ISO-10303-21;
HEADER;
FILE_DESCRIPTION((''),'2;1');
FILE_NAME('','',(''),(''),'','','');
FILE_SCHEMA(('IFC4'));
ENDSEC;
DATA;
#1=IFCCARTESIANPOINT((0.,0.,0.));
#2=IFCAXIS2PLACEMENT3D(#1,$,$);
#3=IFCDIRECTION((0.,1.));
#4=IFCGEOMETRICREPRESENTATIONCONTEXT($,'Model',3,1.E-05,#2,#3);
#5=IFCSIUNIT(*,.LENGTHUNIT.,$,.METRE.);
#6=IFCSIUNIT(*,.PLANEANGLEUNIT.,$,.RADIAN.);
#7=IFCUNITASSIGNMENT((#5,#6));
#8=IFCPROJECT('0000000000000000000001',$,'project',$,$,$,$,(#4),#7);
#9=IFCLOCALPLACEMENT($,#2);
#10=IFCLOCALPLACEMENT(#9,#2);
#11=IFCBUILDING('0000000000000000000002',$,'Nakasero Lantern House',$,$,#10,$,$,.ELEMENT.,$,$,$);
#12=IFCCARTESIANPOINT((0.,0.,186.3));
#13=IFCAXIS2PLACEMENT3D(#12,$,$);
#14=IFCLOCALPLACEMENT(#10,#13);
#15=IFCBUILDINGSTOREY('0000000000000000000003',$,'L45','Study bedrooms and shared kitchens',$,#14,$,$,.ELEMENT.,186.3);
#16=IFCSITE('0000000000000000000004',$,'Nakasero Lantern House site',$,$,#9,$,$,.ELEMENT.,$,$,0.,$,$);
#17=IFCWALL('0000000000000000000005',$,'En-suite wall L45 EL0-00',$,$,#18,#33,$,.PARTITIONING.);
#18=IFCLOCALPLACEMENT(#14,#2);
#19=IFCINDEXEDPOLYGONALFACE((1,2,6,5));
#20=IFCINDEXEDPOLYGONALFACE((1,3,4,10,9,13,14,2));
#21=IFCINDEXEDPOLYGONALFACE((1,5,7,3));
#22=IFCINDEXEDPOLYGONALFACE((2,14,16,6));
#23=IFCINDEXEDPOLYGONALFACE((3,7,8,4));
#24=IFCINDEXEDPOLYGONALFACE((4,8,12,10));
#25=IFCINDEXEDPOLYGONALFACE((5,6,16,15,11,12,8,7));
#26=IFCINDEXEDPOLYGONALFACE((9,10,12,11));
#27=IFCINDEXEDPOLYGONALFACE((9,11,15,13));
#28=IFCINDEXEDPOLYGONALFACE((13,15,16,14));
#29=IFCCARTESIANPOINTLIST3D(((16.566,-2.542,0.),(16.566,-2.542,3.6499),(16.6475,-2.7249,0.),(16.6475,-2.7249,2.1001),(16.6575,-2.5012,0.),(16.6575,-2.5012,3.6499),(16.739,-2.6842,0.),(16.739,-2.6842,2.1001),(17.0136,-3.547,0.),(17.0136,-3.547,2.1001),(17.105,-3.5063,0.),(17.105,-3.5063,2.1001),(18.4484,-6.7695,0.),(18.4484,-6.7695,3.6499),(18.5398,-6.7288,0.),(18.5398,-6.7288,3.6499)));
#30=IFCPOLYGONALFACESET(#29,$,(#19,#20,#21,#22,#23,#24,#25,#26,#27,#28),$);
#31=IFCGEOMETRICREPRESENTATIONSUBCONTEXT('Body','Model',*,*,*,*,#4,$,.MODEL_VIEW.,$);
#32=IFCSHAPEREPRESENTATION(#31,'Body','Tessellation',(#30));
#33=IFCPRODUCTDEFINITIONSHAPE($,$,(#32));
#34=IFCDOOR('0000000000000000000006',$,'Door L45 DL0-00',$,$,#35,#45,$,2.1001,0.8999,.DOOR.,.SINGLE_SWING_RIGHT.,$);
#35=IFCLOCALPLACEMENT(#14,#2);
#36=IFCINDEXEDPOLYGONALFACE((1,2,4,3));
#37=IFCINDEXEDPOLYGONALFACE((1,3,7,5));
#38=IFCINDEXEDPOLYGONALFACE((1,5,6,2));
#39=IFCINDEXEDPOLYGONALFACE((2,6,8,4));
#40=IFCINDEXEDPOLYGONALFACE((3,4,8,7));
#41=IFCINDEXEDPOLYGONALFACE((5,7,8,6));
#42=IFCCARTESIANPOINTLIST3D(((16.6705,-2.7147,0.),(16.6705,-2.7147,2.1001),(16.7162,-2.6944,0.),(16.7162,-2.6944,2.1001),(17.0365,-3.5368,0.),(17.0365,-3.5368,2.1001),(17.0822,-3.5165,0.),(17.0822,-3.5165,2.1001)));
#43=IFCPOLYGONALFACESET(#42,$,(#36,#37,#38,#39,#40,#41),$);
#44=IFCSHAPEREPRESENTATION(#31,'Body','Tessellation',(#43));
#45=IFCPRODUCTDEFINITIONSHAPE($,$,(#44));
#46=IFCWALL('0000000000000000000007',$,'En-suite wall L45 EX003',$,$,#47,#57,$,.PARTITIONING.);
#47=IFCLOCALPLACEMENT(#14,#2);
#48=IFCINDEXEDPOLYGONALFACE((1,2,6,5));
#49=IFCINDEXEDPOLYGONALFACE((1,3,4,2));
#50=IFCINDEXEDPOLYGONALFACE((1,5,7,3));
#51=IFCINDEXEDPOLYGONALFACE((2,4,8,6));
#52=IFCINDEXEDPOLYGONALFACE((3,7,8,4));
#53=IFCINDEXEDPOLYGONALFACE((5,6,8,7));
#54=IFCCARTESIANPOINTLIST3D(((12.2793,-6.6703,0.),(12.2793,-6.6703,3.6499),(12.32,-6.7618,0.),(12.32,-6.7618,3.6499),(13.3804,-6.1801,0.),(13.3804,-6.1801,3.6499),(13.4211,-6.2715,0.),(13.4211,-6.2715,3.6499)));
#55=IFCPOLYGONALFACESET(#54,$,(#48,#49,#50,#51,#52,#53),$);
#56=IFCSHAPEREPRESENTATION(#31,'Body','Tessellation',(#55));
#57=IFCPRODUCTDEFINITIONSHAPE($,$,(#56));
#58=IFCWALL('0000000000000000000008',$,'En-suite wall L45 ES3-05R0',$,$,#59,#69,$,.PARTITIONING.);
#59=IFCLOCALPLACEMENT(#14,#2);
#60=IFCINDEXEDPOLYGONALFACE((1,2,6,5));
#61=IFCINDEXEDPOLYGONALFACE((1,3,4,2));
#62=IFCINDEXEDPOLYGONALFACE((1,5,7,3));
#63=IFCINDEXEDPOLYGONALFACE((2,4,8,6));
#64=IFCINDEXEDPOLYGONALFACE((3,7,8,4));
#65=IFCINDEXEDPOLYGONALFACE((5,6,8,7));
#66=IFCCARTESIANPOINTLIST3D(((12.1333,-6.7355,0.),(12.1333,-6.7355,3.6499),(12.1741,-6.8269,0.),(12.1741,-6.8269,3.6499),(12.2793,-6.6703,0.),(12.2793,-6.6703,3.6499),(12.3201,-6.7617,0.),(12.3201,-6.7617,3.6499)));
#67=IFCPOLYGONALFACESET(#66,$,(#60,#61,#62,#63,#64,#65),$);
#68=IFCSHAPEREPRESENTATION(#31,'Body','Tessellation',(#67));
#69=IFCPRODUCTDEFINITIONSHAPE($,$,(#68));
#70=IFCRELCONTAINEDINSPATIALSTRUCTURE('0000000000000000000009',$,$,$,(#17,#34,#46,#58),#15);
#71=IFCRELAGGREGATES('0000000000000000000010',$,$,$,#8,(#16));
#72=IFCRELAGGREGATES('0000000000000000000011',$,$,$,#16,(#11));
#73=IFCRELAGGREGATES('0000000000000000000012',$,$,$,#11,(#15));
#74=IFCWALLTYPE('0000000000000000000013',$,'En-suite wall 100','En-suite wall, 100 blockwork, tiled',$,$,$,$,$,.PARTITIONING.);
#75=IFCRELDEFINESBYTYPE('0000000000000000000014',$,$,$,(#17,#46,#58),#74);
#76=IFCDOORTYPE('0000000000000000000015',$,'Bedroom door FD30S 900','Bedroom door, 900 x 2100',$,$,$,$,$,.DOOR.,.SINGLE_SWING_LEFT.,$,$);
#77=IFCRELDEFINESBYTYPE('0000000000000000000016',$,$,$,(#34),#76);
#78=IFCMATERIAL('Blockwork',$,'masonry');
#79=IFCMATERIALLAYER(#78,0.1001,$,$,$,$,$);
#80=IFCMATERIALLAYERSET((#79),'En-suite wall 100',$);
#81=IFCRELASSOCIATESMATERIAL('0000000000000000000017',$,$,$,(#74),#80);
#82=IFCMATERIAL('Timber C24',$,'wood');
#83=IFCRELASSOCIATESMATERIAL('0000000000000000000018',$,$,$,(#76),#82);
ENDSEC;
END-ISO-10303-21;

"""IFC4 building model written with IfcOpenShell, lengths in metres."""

from ifc_helpers import new_model, si_unit, direction, frame, frame_2d, origin, place, context, subcontext, project, spatial, rectangle, extrude, material, layer, layer_set, type_object, element, fill, save


model = new_model("IFC4")

# Units and contexts
model_context = context("Model", 3, precision=1e-05, world=origin(), true_north=direction((0.0, 1.0)))
body_context = subcontext(model_context, "Body", "Model", "MODEL_VIEW")
ifc_project = project(units=[si_unit("LENGTHUNIT", "METRE"), si_unit("PLANEANGLEUNIT", "RADIAN")], contexts=[model_context])

# Site, building, storey
site_placement = place(None, origin())
site = spatial("IfcSite", under=ifc_project, at=site_placement, Name="Nakasero Lantern House site", CompositionType="ELEMENT", RefElevation=0.0)
building_placement = place(site_placement, origin())
building = spatial("IfcBuilding", under=site, at=building_placement, Name="Nakasero Lantern House", CompositionType="ELEMENT")
storey_placement = place(building_placement, frame((0.0, 0.0, 186.3)))
storey = spatial("IfcBuildingStorey", under=building, at=storey_placement, Name="L45", Description="Study bedrooms and shared kitchens", CompositionType="ELEMENT", Elevation=186.3)

# Shared definitions
ifc_material_1 = material(Name="Blockwork", Category="masonry")
ifc_layer_1 = layer(ifc_material_1, 0.1001)
ifc_layer_set_1 = layer_set([ifc_layer_1], Name="En-suite wall 100")
wall_type_1 = type_object("IfcWallType", Name="En-suite wall 100", Description="En-suite wall, 100 blockwork, tiled", PredefinedType="PARTITIONING", material=ifc_layer_set_1)

# Wall, opening, door
wall_1_placement = place(storey_placement, frame((18.4941, -6.7493, 0.0), z_axis=(0.0, 0.0, 1.0), x_axis=(-0.406755, 0.913537, 0.0)))
wall_1 = element("IfcWall", 1, at=wall_1_placement, inside=storey, type_object=wall_type_1, Name="En-suite wall L45 EL0-00", PredefinedType="PARTITIONING", context=body_context, shape_type="SweptSolid", body=[
    extrude(rectangle(XDim=4.6277, YDim=0.1001, at=frame_2d((2.314, 0.0))), origin(), (0.0, 0.0, 1.0), 3.6499),
])
opening_1_placement = place(wall_1_placement, frame((3.5276, 0.0, 0.0)))
opening_1 = element("IfcOpeningElement", 2, at=opening_1_placement, cuts=wall_1, PredefinedType="OPENING", context=body_context, shape_type="SweptSolid", body=[
    extrude(rectangle(XDim=0.8999, YDim=2.1001, at=frame_2d((0.45, 1.05))), frame((0.0, 0.0701, 0.0), z_axis=(0.0, -1.0, 0.0), x_axis=(1.0, 0.0, 0.0)), (0.0, 0.0, 1.0), 0.1401),
])
ifc_material_2 = material(Name="Timber C24", Category="wood")
door_type_1 = type_object("IfcDoorType", Name="Bedroom door FD30S 900", Description="Bedroom door, 900 x 2100", OperationType="SINGLE_SWING_LEFT", PredefinedType="DOOR", material=ifc_material_2)
door_1_placement = place(opening_1_placement, origin())
door_1 = element("IfcDoor", 3, at=door_1_placement, inside=storey, type_object=door_type_1, Name="Door L45 DL0-00", OperationType="SINGLE_SWING_RIGHT", OverallHeight=2.1001, OverallWidth=0.8999, PredefinedType="DOOR", context=body_context, shape_type="SweptSolid", body=[
    extrude(rectangle(XDim=0.8999, YDim=2.1001, at=frame_2d((0.45, 1.05))), frame((0.0, 0.0249, 0.0), z_axis=(0.0, -1.0, 0.0), x_axis=(1.0, 0.0, 0.0)), (0.0, 0.0, 1.0), 0.05),
])
fill(opening_1, door_1)

# Walls
wall_2_placement = place(storey_placement, frame((13.4006, -6.2258, 0.0), z_axis=(0.0, 0.0, 1.0), x_axis=(-0.913544, -0.40674, 0.0)))
element("IfcWall", 4, at=wall_2_placement, inside=storey, type_object=wall_type_1, Name="En-suite wall L45 EX003", PredefinedType="PARTITIONING", context=body_context, shape_type="SweptSolid", body=[
    extrude(rectangle(XDim=1.2053, YDim=0.1001, at=frame_2d((0.6025, 0.0))), origin(), (0.0, 0.0, 1.0), 3.6499),
])
wall_3_placement = place(storey_placement, frame((12.1536, -6.7812, 0.0), z_axis=(0.0, 0.0, 1.0), x_axis=(0.913118, 0.407696, 0.0)))
element("IfcWall", 5, at=wall_3_placement, inside=storey, type_object=wall_type_1, Name="En-suite wall L45 ES3-05R0", PredefinedType="PARTITIONING", context=body_context, shape_type="SweptSolid", body=[
    extrude(rectangle(XDim=0.1599, YDim=0.1001, at=frame_2d((0.0801, 0.0))), origin(), (0.0, 0.0, 1.0), 3.6499),
])

save(model, "model.ifc")
